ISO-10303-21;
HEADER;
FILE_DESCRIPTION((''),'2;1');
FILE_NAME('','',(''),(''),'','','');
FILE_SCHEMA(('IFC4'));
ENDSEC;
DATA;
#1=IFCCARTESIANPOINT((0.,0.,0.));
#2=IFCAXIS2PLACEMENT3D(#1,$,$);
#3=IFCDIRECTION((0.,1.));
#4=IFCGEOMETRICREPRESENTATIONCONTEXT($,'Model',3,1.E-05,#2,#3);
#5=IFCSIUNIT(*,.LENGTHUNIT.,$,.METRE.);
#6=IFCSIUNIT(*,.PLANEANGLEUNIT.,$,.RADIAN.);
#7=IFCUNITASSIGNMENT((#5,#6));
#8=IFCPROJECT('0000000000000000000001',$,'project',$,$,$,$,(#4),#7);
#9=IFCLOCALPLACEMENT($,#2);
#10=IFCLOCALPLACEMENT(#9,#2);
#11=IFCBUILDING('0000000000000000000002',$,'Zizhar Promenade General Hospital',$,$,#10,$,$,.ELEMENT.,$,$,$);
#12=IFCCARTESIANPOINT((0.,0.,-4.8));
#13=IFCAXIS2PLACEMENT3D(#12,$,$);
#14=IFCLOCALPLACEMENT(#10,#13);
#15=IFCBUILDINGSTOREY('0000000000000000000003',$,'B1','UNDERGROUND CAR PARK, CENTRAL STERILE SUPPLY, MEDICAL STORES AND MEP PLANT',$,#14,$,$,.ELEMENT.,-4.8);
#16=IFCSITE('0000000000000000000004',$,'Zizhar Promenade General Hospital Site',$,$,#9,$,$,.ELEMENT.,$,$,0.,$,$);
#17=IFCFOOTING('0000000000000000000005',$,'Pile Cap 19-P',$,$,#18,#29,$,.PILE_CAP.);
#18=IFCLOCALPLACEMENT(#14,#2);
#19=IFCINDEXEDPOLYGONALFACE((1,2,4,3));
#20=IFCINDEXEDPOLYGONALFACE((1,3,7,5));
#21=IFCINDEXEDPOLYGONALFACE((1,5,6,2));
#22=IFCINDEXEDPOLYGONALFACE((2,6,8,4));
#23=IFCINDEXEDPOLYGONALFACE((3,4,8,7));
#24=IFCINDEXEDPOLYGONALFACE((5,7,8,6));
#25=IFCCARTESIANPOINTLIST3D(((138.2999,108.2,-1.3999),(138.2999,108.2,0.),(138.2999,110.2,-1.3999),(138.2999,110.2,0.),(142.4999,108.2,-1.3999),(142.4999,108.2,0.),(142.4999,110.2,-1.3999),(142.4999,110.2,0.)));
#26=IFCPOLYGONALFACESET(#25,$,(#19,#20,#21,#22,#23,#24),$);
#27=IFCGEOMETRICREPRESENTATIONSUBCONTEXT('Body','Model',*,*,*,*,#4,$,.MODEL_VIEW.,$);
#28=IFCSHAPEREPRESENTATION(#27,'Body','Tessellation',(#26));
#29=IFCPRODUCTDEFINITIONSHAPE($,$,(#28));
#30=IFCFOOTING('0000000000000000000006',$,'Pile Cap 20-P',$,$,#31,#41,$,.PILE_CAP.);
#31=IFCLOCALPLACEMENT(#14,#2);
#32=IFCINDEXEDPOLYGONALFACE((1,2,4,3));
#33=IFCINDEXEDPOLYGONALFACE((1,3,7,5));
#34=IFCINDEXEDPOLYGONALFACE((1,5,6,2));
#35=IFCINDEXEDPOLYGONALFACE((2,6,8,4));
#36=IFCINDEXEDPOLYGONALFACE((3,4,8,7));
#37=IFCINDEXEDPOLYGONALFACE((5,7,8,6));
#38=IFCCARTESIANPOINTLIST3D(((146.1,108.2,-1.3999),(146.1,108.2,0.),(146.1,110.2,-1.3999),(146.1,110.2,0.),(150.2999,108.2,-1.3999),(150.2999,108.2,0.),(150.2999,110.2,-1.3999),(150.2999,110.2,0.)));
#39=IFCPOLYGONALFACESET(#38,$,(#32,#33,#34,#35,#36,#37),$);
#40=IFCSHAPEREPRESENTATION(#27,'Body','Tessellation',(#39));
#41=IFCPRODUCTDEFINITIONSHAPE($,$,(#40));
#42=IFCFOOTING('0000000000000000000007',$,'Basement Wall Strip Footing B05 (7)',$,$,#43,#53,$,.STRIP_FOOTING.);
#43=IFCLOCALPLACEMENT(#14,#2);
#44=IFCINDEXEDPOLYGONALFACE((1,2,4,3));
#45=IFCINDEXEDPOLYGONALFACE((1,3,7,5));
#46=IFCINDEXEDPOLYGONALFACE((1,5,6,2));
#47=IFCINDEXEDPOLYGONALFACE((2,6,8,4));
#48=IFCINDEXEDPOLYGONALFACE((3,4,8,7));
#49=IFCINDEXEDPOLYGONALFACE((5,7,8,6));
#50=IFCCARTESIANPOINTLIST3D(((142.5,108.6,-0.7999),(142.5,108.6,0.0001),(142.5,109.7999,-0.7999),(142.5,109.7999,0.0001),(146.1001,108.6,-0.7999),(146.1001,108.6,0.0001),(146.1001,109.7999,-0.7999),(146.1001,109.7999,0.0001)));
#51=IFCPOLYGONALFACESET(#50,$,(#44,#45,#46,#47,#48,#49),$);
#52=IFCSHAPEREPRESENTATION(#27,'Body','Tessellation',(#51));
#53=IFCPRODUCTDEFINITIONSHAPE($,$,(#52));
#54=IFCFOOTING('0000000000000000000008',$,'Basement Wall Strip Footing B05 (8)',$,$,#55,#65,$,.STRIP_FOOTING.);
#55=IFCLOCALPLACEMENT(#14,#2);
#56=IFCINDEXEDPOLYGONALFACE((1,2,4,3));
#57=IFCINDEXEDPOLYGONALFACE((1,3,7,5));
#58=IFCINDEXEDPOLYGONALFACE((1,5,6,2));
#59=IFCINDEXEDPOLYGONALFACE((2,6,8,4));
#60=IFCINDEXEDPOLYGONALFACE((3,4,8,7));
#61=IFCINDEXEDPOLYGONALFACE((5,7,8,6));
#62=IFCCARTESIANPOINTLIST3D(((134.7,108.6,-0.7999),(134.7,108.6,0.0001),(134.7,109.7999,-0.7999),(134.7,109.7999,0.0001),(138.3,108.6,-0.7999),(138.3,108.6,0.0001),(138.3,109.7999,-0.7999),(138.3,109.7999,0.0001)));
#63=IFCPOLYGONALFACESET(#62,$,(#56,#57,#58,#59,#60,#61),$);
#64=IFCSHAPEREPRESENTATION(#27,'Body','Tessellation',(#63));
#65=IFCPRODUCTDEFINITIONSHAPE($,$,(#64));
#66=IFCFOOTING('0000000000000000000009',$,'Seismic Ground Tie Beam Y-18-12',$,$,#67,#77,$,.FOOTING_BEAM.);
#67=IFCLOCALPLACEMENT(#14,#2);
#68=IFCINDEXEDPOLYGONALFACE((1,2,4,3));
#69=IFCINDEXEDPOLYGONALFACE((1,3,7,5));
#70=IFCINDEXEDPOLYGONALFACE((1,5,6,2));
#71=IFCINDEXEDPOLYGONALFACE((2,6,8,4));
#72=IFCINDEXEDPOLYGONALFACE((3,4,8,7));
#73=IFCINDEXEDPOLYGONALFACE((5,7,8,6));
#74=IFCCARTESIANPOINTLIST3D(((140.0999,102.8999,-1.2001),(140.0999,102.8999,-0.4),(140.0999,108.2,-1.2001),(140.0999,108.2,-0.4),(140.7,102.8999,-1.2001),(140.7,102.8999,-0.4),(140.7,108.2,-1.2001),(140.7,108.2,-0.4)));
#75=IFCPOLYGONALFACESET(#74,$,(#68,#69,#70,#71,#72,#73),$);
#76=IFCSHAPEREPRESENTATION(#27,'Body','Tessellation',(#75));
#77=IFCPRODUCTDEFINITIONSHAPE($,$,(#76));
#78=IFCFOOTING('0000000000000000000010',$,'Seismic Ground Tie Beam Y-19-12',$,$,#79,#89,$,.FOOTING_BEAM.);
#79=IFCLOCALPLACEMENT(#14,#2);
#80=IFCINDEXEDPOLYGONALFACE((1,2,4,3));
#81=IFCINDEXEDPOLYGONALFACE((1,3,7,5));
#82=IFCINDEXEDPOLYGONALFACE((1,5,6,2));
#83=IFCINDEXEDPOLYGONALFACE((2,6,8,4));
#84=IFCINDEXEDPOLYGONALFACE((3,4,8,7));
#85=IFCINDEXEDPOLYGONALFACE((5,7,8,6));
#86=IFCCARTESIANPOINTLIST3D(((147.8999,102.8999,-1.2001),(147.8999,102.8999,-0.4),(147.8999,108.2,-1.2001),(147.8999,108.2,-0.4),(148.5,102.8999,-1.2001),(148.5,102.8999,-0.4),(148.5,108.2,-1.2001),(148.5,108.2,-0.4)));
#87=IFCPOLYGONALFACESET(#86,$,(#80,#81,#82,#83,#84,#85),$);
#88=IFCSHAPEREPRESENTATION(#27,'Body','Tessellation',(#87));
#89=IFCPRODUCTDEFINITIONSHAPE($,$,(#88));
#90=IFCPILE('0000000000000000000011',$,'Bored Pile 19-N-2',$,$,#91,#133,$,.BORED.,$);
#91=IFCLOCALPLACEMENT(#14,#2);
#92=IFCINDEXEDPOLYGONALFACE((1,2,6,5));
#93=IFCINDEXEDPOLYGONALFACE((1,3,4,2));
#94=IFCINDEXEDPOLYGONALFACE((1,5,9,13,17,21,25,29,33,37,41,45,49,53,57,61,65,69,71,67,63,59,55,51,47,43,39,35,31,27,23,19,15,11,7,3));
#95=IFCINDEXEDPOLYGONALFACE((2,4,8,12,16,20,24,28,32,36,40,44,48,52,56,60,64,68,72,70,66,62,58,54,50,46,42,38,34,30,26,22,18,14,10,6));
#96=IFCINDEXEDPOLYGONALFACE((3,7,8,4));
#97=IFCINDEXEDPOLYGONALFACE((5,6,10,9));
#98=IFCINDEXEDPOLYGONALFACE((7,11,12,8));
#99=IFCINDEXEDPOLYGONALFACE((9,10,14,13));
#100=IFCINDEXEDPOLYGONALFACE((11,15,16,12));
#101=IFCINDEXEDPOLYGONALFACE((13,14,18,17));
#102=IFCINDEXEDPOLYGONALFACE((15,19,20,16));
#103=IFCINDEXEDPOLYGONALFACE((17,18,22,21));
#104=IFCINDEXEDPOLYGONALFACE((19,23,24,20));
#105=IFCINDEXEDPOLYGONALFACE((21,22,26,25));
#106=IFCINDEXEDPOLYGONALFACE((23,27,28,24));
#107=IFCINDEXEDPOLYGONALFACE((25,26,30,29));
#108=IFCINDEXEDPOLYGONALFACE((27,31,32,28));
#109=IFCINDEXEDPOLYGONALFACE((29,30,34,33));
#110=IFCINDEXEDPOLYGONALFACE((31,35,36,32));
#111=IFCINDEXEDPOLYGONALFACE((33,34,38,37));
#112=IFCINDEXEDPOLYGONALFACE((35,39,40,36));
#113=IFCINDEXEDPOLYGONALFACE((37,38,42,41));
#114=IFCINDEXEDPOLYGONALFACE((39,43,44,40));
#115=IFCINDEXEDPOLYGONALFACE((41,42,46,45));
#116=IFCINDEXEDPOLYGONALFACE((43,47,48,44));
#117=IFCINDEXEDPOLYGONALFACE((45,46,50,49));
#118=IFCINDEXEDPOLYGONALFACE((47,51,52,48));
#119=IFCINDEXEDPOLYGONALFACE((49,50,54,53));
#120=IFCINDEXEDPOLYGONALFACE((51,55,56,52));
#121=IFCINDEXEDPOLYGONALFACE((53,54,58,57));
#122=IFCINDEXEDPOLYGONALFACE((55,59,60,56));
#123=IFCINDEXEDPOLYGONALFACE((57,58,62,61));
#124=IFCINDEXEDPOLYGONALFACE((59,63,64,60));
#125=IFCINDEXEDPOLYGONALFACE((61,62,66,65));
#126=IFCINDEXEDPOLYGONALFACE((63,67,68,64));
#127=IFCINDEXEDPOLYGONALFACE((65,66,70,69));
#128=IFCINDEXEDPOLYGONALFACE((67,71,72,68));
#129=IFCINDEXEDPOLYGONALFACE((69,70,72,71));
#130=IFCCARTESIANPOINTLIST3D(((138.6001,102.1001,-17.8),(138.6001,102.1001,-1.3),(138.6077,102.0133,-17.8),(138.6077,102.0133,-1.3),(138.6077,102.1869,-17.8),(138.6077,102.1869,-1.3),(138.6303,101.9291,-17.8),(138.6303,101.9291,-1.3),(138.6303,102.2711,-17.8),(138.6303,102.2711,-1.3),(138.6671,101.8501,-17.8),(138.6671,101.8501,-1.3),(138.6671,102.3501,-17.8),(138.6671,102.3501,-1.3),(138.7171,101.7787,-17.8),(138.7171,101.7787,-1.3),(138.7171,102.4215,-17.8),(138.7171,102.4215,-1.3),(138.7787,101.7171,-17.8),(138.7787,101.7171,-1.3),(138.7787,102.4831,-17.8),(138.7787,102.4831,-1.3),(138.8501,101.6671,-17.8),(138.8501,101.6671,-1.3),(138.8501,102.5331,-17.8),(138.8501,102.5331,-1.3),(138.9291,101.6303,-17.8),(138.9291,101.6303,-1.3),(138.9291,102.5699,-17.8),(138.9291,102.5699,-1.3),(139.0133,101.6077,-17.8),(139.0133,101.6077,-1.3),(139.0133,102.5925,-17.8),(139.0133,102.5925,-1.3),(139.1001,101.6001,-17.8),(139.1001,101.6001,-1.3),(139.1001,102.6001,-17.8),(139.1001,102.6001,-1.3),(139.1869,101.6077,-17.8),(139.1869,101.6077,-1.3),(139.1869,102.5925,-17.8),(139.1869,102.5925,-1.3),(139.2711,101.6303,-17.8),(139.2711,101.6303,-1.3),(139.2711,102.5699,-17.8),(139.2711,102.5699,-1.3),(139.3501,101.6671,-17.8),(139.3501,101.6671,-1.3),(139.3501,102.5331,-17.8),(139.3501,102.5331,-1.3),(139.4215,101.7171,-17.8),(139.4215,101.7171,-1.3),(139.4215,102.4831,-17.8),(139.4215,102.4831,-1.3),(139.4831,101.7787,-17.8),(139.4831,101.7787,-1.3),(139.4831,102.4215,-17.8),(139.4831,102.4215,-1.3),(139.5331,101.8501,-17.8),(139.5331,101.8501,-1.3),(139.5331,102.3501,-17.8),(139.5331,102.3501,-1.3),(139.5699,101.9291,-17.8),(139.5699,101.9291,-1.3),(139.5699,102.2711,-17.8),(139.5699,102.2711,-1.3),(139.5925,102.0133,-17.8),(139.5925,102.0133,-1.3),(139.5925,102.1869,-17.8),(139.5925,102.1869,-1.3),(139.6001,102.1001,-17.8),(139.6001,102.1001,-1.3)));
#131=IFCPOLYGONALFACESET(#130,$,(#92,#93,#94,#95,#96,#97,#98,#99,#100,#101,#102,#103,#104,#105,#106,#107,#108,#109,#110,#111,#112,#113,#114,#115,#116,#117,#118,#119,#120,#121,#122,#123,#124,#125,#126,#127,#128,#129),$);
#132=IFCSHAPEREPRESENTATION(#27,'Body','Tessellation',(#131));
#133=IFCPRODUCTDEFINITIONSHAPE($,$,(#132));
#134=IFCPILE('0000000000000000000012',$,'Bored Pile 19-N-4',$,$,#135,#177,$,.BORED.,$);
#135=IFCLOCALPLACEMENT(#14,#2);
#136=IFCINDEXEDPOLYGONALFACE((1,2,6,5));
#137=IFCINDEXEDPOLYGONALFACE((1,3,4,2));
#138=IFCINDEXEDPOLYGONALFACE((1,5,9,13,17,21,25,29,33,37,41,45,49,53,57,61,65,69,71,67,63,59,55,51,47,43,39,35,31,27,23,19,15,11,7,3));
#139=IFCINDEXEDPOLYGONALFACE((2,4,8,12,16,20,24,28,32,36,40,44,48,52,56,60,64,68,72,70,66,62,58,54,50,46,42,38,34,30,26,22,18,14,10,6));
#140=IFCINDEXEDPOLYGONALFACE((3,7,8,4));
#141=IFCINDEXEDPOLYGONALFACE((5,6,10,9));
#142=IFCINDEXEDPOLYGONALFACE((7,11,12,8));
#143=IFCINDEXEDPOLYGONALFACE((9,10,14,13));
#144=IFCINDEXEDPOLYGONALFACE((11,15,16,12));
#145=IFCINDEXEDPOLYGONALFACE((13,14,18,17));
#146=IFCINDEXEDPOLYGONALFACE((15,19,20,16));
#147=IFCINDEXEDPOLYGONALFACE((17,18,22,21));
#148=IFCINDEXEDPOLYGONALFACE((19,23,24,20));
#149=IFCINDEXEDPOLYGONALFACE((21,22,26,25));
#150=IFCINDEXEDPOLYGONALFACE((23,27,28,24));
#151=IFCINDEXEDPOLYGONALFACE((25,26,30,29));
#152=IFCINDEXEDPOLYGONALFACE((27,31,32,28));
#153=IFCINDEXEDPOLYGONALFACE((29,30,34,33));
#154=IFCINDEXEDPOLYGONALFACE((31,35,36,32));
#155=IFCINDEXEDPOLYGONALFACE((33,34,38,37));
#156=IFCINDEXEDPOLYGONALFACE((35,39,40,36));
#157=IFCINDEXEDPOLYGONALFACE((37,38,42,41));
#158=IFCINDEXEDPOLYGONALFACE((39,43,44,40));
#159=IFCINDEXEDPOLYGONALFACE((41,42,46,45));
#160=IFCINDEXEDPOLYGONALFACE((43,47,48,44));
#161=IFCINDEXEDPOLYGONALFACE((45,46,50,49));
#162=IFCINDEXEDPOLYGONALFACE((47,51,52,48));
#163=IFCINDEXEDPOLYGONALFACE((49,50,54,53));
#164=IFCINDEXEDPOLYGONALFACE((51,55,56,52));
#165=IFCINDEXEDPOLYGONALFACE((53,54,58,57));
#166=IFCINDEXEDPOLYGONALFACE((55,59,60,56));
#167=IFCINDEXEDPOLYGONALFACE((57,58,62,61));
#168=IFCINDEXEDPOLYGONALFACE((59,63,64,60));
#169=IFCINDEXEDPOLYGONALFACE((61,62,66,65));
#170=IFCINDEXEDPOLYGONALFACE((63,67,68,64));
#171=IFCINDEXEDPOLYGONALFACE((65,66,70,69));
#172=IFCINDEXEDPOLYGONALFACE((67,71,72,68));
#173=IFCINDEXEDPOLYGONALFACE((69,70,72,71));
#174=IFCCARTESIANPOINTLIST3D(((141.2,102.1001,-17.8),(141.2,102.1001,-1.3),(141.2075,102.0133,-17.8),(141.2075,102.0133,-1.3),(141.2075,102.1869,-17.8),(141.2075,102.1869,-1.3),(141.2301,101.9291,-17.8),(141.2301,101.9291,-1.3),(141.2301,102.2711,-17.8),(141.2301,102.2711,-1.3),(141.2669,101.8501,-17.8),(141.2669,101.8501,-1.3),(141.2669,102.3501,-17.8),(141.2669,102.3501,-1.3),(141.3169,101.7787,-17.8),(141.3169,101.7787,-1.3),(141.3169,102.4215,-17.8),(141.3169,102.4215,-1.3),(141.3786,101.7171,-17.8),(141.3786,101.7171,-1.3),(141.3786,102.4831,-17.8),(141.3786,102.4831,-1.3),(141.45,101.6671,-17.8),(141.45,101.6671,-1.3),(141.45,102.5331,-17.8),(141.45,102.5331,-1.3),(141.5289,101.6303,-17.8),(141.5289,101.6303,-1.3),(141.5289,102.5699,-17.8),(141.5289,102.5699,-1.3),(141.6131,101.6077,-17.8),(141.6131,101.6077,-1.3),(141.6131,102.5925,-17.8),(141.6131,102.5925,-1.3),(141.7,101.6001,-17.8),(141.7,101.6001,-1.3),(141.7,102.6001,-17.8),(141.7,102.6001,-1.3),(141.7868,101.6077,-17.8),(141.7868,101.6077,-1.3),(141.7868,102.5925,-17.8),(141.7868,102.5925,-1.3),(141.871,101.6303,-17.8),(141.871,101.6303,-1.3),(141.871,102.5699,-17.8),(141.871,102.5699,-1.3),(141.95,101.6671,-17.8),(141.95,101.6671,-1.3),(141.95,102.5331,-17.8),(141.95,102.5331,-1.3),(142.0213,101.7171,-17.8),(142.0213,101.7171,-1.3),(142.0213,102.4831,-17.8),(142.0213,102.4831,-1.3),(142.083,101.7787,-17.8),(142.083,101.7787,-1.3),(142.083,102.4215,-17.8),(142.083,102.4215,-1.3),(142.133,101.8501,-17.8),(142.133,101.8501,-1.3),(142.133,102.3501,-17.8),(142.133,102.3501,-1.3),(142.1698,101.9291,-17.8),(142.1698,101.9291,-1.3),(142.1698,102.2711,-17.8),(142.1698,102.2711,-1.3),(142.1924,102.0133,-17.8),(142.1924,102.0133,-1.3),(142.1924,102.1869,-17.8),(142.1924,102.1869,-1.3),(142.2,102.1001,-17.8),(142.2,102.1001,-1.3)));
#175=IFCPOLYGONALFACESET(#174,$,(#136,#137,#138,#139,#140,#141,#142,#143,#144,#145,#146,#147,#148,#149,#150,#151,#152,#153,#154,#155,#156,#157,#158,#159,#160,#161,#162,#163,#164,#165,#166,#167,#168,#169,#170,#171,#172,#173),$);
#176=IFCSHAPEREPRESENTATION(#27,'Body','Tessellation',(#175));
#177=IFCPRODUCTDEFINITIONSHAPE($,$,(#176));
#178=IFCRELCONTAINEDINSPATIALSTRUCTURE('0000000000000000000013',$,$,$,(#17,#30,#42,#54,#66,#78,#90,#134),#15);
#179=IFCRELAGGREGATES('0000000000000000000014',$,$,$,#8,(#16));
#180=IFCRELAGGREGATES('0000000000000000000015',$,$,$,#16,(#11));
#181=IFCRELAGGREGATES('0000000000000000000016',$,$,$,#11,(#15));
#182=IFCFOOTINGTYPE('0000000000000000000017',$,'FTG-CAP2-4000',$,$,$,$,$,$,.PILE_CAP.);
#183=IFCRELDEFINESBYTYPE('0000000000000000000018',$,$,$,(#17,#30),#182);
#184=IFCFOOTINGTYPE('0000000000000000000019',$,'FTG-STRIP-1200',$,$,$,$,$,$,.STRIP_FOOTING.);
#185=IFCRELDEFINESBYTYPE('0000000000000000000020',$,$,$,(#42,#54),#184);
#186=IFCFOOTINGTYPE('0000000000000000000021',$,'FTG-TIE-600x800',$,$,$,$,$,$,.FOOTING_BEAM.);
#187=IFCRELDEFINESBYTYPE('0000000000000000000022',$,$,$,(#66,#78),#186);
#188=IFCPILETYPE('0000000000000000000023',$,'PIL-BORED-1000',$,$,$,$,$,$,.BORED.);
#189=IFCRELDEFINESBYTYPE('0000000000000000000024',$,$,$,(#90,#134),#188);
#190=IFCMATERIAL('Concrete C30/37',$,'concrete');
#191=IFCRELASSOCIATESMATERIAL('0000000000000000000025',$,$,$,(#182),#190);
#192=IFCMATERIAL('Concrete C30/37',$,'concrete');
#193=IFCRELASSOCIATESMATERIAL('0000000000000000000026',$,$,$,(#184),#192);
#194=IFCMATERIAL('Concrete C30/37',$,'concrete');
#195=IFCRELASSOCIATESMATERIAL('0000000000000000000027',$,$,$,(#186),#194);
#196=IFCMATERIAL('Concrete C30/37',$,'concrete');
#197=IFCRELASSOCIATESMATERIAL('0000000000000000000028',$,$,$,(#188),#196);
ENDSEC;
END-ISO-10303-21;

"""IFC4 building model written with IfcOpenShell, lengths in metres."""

from ifc_helpers import new_model, si_unit, direction, frame, origin, origin_2d, place, context, subcontext, project, spatial, rectangle, circle, extrude, material, material_profile, profile_set, type_object, element, save


model = new_model("IFC4")

# Units and contexts
model_context = context("Model", 3, precision=1e-05, world=origin(), true_north=direction((0.0, 1.0)))
body_context = subcontext(model_context, "Body", "Model", "MODEL_VIEW")
ifc_project = project(units=[si_unit("LENGTHUNIT", "METRE"), si_unit("PLANEANGLEUNIT", "RADIAN")], contexts=[model_context])

# Site, building, storey
site_placement = place(None, origin())
site = spatial("IfcSite", under=ifc_project, at=site_placement, Name="Zizhar Promenade General Hospital Site", CompositionType="ELEMENT", RefElevation=0.0)
building_placement = place(site_placement, origin())
building = spatial("IfcBuilding", under=site, at=building_placement, Name="Zizhar Promenade General Hospital", CompositionType="ELEMENT")
storey_placement = place(building_placement, frame((0.0, 0.0, -4.8)))
storey = spatial("IfcBuildingStorey", under=building, at=storey_placement, Name="B1", Description="UNDERGROUND CAR PARK, CENTRAL STERILE SUPPLY, MEDICAL STORES AND MEP PLANT", CompositionType="ELEMENT", Elevation=-4.8)

# Footings
ifc_material_1 = material(Name="Concrete C30/37", Category="concrete")
footing_type_1 = type_object("IfcFootingType", Name="FTG-CAP2-4000", PredefinedType="PILE_CAP", material=ifc_material_1)
for number, where, z_axis, x_axis, name in (
    (1, (140.3999, 109.2, -1.3999), (0.0, 0.0, 1.0), (1.0, 0.0, 0.0), "Pile Cap 19-P"),
    (2, (148.2, 109.2, -1.3999), (0.0, 0.0, 1.0), (1.0, 0.0, 0.0), "Pile Cap 20-P"),
):
    element("IfcFooting", number, at=place(storey_placement, frame(where, z_axis=z_axis, x_axis=x_axis)), inside=storey, type_object=footing_type_1, Name=name, PredefinedType="PILE_CAP", context=body_context, shape_type="SweptSolid", body=[
        extrude(rectangle(XDim=4.2, YDim=2.0, at=origin_2d()), origin(), (0.0, 0.0, 1.0), 1.3999),
    ])
ifc_material_2 = material(Name="Concrete C30/37", Category="concrete")
ifc_material_profile_1 = material_profile(ifc_material_2, rectangle(XDim=1.2, YDim=0.8, at=origin_2d()))
ifc_profile_set_1 = profile_set([ifc_material_profile_1], Name="Concrete C30/37")
footing_type_2 = type_object("IfcFootingType", Name="FTG-STRIP-1200", PredefinedType="STRIP_FOOTING", material=ifc_profile_set_1)
for number, where, z_axis, x_axis, name in (
    (3, (146.1001, 109.2, -0.3999), (-1.0, 0.0, 0.0), (0.0, -1.0, 0.0), "Basement Wall Strip Footing B05 (7)"),
    (4, (138.3, 109.2, -0.3999), (-1.0, 0.0, 0.0), (0.0, -1.0, 0.0), "Basement Wall Strip Footing B05 (8)"),
):
    element("IfcFooting", number, at=place(storey_placement, frame(where, z_axis=z_axis, x_axis=x_axis)), inside=storey, type_object=footing_type_2, Name=name, PredefinedType="STRIP_FOOTING", context=body_context, shape_type="SweptSolid", body=[
        extrude(rectangle(XDim=1.2, YDim=0.8, at=origin_2d()), origin(), (0.0, 0.0, 1.0), 3.6001),
    ])
ifc_material_3 = material(Name="Concrete C30/37", Category="concrete")
ifc_material_profile_2 = material_profile(ifc_material_3, rectangle(XDim=0.6001, YDim=0.8, at=origin_2d()))
ifc_profile_set_2 = profile_set([ifc_material_profile_2], Name="Concrete C30/37")
footing_type_3 = type_object("IfcFootingType", Name="FTG-TIE-600x800", PredefinedType="FOOTING_BEAM", material=ifc_profile_set_2)
for number, where, z_axis, x_axis, name in (
    (5, (140.3999, 102.8999, -0.8), (0.0, 1.0, 0.0), (-1.0, 0.0, 0.0), "Seismic Ground Tie Beam Y-18-12"),
    (6, (148.2, 102.8999, -0.8), (0.0, 1.0, 0.0), (-1.0, 0.0, 0.0), "Seismic Ground Tie Beam Y-19-12"),
):
    element("IfcFooting", number, at=place(storey_placement, frame(where, z_axis=z_axis, x_axis=x_axis)), inside=storey, type_object=footing_type_3, Name=name, PredefinedType="FOOTING_BEAM", context=body_context, shape_type="SweptSolid", body=[
        extrude(rectangle(XDim=0.6001, YDim=0.8, at=origin_2d()), origin(), (0.0, 0.0, 1.0), 5.3),
    ])

# Piles
ifc_material_4 = material(Name="Concrete C30/37", Category="concrete")
ifc_material_profile_3 = material_profile(ifc_material_4, circle(Radius=0.5, at=origin_2d()))
ifc_profile_set_3 = profile_set([ifc_material_profile_3], Name="Concrete C30/37")
pile_type = type_object("IfcPileType", Name="PIL-BORED-1000", PredefinedType="BORED", material=ifc_profile_set_3)
for number, where, z_axis, x_axis, name in (
    (7, (139.1001, 102.1001, -1.3), (0.0, 0.0, -1.0), (1.0, 0.0, 0.0), "Bored Pile 19-N-2"),
    (8, (141.7, 102.1001, -1.3), (0.0, 0.0, -1.0), (1.0, 0.0, 0.0), "Bored Pile 19-N-4"),
):
    element("IfcPile", number, at=place(storey_placement, frame(where, z_axis=z_axis, x_axis=x_axis)), inside=storey, type_object=pile_type, Name=name, PredefinedType="BORED", context=body_context, shape_type="SweptSolid", body=[
        extrude(circle(Radius=0.5, at=origin_2d()), origin(), (0.0, 0.0, 1.0), 16.5),
    ])

save(model, "model.ifc")
